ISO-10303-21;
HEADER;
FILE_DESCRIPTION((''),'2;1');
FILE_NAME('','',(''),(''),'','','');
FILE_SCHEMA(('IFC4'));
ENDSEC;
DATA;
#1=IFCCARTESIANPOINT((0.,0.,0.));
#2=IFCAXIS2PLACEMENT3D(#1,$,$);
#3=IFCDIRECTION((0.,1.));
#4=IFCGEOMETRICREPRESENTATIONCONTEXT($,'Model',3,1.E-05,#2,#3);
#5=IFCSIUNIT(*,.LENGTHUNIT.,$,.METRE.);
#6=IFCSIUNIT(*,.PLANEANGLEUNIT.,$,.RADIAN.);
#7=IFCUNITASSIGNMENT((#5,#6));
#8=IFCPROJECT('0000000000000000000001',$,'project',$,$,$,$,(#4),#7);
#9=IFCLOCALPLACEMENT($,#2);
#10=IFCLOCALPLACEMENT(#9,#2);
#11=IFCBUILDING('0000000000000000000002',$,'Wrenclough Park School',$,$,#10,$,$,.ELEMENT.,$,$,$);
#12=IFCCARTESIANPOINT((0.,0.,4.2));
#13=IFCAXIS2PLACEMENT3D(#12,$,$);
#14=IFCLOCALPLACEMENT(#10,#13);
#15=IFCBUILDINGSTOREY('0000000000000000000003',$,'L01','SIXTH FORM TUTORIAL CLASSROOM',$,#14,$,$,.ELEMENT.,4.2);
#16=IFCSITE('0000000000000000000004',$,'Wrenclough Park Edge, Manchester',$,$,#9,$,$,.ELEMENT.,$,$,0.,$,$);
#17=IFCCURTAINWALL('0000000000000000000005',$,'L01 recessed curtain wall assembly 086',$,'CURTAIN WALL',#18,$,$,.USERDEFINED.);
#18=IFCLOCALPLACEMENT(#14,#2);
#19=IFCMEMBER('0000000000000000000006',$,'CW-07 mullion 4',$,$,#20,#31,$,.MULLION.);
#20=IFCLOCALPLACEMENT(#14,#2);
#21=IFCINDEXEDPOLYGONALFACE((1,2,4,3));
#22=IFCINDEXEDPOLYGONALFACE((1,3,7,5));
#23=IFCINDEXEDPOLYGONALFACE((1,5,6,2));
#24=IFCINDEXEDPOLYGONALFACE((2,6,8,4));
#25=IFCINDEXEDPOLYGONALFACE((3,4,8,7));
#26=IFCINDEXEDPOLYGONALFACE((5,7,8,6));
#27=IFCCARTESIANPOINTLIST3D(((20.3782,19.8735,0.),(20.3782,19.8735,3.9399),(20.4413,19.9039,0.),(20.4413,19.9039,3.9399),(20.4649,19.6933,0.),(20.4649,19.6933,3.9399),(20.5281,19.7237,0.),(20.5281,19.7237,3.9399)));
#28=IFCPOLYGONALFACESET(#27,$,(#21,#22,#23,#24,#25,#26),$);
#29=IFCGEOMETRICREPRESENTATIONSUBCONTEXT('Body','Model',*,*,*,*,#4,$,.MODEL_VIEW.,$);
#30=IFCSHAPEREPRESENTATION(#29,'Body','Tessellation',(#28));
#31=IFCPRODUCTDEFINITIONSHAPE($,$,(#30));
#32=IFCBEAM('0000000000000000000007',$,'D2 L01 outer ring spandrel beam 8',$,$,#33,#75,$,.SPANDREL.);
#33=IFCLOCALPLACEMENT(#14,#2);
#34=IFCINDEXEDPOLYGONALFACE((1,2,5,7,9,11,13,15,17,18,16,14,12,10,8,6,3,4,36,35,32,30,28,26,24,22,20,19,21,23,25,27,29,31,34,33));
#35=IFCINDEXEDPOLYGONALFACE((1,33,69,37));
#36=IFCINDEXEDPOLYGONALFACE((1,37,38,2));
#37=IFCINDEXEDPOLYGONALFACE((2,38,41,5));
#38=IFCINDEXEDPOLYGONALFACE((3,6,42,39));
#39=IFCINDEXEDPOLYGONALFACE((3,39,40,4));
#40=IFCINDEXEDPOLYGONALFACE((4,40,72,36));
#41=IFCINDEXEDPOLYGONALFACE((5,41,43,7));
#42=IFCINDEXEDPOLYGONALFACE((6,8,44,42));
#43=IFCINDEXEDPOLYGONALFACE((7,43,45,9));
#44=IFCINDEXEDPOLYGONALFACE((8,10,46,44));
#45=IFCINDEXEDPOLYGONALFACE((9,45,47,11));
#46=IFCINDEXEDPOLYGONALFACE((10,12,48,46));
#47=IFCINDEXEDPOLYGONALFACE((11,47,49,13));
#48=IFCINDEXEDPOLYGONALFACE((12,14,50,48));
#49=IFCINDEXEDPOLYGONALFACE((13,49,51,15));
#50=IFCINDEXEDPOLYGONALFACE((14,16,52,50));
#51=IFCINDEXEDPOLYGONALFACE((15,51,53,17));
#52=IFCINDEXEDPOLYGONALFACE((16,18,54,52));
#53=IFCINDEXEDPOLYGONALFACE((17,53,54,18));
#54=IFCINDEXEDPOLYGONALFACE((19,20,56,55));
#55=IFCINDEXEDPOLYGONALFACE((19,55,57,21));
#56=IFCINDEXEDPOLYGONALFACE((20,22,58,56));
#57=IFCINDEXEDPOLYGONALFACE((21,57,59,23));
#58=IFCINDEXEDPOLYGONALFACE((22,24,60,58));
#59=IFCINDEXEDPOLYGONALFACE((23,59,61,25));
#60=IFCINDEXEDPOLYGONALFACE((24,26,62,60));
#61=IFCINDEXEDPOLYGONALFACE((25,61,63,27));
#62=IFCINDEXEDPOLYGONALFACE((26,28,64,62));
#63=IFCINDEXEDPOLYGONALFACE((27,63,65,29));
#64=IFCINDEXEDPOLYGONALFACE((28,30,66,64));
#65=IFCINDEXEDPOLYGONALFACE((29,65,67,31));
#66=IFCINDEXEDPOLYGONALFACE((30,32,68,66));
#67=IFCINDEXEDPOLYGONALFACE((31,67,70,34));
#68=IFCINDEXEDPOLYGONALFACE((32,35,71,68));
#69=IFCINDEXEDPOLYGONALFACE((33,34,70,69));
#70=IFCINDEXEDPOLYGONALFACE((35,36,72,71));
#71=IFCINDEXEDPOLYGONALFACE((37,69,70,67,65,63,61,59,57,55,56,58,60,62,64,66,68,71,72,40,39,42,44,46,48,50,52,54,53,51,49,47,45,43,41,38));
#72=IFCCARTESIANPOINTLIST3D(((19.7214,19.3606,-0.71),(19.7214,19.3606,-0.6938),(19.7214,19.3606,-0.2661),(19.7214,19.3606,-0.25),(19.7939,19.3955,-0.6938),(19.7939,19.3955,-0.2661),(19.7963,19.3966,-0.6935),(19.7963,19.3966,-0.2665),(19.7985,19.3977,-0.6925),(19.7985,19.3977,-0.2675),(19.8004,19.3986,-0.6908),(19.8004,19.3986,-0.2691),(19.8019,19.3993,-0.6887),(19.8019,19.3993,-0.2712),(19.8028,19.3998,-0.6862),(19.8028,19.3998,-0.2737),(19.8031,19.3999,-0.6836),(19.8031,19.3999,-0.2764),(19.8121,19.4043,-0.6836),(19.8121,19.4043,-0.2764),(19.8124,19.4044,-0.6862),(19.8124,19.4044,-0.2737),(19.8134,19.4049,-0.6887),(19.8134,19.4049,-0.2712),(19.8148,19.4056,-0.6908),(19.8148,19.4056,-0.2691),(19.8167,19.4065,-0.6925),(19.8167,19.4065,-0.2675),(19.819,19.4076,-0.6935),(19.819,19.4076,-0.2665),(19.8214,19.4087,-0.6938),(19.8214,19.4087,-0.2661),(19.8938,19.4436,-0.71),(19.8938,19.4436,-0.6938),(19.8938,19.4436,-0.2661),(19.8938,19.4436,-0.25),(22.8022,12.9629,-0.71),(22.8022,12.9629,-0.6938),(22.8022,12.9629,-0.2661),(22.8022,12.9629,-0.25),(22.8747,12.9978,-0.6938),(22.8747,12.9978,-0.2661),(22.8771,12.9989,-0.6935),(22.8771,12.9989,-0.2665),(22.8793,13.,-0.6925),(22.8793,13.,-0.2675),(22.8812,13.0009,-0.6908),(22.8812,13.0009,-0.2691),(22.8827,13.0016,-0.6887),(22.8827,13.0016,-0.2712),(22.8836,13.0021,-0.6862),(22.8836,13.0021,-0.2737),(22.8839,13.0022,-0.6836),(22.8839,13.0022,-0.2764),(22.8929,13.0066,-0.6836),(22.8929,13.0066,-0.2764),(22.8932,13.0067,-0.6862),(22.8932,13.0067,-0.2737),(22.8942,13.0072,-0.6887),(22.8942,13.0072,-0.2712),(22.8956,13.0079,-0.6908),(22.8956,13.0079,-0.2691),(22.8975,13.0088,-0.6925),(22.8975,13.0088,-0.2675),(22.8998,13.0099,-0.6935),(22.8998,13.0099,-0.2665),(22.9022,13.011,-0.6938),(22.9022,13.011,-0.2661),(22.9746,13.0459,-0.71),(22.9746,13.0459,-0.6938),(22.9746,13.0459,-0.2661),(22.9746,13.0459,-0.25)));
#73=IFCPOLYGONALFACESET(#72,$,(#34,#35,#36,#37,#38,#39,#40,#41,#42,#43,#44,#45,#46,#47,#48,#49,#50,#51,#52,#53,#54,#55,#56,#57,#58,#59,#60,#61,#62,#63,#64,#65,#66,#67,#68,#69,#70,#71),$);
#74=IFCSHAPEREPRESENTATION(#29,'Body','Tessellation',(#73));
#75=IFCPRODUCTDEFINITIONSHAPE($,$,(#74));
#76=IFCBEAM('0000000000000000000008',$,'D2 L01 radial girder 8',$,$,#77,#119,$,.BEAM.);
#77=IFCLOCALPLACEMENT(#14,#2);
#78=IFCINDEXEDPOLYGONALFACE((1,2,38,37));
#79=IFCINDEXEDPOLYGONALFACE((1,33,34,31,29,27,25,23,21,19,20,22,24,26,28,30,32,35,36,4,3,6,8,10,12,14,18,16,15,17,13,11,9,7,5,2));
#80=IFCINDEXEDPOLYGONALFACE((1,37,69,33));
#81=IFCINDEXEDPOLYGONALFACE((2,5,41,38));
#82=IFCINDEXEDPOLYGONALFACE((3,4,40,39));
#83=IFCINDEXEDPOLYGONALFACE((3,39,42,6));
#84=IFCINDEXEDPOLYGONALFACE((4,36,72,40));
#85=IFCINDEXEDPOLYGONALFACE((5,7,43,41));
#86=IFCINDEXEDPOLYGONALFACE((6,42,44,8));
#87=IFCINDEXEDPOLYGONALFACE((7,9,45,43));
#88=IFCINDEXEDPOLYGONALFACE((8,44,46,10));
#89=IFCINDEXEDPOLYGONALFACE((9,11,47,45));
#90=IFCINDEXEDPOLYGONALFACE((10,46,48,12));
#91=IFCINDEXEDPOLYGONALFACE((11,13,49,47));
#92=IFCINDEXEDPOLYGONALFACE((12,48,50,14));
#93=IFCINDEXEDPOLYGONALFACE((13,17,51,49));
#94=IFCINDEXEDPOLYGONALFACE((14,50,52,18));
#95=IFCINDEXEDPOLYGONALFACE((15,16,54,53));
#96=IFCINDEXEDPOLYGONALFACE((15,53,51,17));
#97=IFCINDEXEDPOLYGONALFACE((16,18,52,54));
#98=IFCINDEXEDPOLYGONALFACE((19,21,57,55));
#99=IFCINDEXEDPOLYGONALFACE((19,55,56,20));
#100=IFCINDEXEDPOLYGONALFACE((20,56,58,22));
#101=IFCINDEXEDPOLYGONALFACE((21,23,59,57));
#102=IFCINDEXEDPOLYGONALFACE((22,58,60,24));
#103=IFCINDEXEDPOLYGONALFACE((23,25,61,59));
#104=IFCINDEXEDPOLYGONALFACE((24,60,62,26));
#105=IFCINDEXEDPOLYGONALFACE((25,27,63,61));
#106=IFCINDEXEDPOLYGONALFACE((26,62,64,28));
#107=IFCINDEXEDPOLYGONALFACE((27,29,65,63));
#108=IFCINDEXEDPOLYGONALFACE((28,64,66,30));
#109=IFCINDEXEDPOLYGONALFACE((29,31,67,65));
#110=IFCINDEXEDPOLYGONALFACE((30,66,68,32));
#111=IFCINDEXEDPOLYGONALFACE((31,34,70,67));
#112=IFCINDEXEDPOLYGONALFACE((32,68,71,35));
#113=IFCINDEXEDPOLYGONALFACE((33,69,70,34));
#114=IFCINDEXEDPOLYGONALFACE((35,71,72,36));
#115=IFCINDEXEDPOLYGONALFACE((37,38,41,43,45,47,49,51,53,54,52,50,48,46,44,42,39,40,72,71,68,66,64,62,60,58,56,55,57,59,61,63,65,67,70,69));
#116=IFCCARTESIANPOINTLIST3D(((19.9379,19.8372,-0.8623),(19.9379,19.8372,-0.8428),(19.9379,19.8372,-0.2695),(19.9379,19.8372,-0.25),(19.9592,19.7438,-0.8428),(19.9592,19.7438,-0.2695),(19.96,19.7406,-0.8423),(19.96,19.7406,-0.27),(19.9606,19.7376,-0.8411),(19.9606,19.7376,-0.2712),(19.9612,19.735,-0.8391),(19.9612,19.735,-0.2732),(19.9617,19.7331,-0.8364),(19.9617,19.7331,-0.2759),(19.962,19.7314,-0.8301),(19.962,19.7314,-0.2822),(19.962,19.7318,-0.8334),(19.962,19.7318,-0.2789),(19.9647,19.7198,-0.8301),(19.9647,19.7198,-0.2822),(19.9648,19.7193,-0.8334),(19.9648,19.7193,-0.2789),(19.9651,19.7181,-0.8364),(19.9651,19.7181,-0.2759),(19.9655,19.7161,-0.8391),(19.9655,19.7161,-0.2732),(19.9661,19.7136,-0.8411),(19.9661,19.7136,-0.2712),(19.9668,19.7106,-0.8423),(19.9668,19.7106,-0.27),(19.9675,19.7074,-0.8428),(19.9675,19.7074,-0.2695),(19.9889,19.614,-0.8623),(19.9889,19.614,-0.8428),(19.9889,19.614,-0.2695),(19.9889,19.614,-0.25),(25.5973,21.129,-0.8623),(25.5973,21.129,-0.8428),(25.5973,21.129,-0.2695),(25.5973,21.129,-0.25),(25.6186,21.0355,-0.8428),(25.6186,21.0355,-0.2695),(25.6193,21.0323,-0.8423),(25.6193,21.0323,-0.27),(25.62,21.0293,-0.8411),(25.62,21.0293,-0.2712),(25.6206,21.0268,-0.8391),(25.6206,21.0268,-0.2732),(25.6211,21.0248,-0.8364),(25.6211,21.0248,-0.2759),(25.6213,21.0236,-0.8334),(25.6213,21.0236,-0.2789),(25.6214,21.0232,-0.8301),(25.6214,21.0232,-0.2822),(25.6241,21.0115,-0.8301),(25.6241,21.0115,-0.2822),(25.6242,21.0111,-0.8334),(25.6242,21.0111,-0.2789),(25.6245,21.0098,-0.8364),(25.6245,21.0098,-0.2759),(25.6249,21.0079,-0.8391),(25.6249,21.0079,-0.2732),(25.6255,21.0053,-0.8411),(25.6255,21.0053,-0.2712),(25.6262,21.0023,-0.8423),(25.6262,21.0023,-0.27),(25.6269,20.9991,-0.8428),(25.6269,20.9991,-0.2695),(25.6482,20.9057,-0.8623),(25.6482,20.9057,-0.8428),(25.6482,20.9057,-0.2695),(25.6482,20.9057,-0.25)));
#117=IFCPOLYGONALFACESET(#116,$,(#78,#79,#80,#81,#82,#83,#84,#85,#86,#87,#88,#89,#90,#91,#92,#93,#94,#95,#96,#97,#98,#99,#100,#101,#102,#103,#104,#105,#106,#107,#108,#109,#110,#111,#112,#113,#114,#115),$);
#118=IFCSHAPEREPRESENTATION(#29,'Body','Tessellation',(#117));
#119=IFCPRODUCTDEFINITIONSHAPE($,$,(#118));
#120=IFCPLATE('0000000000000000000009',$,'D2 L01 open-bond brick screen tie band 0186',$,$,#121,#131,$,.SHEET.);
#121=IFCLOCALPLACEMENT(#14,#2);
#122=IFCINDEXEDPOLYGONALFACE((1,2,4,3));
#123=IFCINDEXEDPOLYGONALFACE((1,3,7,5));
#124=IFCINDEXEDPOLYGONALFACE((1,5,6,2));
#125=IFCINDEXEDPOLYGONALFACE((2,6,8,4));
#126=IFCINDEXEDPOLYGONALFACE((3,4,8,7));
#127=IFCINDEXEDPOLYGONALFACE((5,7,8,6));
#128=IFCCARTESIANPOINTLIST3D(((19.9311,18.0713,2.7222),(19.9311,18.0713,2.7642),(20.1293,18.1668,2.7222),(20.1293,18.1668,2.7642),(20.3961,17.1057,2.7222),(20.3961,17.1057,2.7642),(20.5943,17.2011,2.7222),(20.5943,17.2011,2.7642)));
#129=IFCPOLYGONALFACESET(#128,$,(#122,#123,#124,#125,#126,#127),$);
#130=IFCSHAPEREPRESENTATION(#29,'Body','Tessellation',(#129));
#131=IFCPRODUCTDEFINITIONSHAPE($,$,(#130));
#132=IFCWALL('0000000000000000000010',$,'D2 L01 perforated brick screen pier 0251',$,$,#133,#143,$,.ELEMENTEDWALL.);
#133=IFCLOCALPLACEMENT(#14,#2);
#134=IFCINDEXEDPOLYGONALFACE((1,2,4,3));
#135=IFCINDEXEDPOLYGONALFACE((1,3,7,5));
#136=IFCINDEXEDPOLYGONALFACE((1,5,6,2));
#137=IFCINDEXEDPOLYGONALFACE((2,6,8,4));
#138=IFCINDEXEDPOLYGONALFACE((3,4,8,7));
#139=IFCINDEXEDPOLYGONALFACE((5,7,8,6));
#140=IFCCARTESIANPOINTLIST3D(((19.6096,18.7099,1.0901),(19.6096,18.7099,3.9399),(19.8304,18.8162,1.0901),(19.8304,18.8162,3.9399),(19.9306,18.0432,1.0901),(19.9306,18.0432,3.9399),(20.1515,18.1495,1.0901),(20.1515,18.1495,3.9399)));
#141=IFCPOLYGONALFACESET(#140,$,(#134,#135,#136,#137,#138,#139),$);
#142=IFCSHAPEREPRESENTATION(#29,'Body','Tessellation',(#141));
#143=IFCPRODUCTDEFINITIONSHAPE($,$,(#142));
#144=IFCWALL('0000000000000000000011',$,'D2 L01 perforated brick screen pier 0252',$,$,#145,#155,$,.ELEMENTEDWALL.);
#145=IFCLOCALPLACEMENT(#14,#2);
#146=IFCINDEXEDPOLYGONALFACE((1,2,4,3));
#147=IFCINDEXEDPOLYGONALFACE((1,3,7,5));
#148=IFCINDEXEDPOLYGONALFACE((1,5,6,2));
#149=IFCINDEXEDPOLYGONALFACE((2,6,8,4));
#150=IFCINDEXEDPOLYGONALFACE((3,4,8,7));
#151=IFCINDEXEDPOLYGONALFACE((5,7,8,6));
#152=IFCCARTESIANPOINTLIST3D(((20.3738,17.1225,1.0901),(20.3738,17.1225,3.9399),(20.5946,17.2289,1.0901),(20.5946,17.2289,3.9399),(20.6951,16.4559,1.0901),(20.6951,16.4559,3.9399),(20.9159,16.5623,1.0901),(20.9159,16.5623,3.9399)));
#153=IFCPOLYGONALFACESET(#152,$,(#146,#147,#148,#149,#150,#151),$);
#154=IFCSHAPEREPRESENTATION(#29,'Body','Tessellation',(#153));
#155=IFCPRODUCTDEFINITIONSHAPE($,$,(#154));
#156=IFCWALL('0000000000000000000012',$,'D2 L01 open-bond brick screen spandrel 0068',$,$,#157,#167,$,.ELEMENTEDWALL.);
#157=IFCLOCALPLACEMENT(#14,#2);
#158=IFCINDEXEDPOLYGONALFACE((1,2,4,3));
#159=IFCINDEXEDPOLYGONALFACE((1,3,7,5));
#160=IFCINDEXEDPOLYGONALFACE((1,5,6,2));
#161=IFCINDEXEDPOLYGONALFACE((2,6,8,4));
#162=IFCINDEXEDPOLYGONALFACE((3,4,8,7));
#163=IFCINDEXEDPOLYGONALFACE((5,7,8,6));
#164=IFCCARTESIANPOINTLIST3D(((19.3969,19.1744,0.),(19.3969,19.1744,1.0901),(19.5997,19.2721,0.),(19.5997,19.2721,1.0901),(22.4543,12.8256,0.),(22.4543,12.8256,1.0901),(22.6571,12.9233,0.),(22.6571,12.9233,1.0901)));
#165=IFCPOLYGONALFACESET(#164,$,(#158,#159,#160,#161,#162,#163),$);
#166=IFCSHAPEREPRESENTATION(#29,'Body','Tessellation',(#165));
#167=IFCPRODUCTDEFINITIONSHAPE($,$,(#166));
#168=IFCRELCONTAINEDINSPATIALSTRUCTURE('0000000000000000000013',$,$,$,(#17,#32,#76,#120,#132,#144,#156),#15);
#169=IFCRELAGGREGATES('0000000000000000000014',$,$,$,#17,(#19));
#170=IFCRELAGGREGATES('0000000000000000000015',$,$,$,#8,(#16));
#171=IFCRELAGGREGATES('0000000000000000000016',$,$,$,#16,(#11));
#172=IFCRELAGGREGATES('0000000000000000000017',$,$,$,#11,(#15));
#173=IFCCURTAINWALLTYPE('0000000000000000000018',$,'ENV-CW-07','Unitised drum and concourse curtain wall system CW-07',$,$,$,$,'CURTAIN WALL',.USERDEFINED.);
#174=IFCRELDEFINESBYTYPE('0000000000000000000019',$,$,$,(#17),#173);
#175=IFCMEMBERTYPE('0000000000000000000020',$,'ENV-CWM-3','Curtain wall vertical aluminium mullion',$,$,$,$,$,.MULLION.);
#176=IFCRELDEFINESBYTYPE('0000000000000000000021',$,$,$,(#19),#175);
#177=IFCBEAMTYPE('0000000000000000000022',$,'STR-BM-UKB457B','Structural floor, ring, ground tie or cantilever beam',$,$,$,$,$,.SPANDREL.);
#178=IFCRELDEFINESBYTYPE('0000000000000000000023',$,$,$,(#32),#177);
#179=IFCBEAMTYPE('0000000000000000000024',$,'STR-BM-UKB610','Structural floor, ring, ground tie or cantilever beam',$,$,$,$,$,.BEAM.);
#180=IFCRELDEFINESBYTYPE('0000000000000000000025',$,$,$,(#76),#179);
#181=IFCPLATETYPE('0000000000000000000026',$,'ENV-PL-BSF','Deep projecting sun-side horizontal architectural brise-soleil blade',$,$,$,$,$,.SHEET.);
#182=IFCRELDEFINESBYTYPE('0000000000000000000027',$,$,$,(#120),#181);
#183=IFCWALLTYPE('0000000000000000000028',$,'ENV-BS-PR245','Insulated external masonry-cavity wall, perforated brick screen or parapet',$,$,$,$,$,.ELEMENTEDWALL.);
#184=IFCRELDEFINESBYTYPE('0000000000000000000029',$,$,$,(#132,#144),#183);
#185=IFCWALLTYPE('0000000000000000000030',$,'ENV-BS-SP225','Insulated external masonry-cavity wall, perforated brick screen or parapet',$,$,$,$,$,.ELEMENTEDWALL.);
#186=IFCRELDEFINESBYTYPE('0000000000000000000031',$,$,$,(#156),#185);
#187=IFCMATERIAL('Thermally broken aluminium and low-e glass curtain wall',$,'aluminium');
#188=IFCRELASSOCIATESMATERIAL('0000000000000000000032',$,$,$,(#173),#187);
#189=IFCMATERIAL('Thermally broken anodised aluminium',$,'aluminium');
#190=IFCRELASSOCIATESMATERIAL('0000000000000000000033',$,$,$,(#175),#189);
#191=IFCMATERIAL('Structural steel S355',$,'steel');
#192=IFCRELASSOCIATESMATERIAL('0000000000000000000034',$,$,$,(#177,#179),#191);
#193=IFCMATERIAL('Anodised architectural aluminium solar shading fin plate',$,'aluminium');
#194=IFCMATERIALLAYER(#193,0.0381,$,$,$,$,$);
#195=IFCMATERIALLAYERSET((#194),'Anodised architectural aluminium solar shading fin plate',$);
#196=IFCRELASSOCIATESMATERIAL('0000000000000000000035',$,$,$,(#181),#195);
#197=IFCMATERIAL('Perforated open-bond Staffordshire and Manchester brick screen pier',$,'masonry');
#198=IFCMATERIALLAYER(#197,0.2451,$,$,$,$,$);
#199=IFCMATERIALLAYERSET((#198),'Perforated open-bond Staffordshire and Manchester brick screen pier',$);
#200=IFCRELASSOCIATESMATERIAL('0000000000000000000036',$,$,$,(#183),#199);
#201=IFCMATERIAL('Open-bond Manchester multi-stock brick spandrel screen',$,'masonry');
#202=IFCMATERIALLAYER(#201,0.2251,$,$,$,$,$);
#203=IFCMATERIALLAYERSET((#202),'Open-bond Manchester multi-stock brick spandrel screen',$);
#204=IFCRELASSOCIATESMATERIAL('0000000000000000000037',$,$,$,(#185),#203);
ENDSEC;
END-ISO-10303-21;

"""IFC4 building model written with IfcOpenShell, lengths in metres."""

from ifc_helpers import new_model, si_unit, direction, frame, frame_2d, origin, origin_2d, place, context, subcontext, project, spatial, rectangle, i_section, extrude, material, layer, layer_set, material_profile, profile_set, type_object, element, aggregate, save


model = new_model("IFC4")

# Units and contexts
model_context = context("Model", 3, precision=1e-05, world=origin(), true_north=direction((0.0, 1.0)))
body_context = subcontext(model_context, "Body", "Model", "MODEL_VIEW")
ifc_project = project(units=[si_unit("LENGTHUNIT", "METRE"), si_unit("PLANEANGLEUNIT", "RADIAN")], contexts=[model_context])

# Site, building, storey
site_placement = place(None, origin())
site = spatial("IfcSite", under=ifc_project, at=site_placement, Name="Wrenclough Park Edge, Manchester", CompositionType="ELEMENT", RefElevation=0.0)
building_placement = place(site_placement, origin())
building = spatial("IfcBuilding", under=site, at=building_placement, Name="Wrenclough Park School", CompositionType="ELEMENT")
storey_placement = place(building_placement, frame((0.0, 0.0, 4.2)))
storey = spatial("IfcBuildingStorey", under=building, at=storey_placement, Name="L01", Description="SIXTH FORM TUTORIAL CLASSROOM", CompositionType="ELEMENT", Elevation=4.2)

# Curtain wall, member
ifc_material_1 = material(Name="Thermally broken aluminium and low-e glass curtain wall", Category="aluminium")
curtain_wall_type = type_object("IfcCurtainWallType", Name="ENV-CW-07", Description="Unitised drum and concourse curtain wall system CW-07", ElementType="CURTAIN WALL", PredefinedType="USERDEFINED", material=ifc_material_1)
curtain_wall_placement = place(storey_placement, origin())
curtain_wall = element("IfcCurtainWall", 1, at=curtain_wall_placement, inside=storey, type_object=curtain_wall_type, Name="L01 recessed curtain wall assembly 086", ObjectType="CURTAIN WALL", PredefinedType="USERDEFINED")
ifc_material_2 = material(Name="Thermally broken anodised aluminium", Category="aluminium")
ifc_material_profile_1 = material_profile(ifc_material_2, rectangle(XDim=0.0701, YDim=0.2, at=origin_2d()), Name="AL MULLION 70x200")
ifc_profile_set_1 = profile_set([ifc_material_profile_1], Name="Thermally broken anodised aluminium")
member_type = type_object("IfcMemberType", Name="ENV-CWM-3", Description="Curtain wall vertical aluminium mullion", PredefinedType="MULLION", material=ifc_profile_set_1)
member_placement = place(storey_placement, frame((20.4531, 19.7986, 0.0), z_axis=(0.0, 0.0, 1.0), x_axis=(-0.900964, -0.433895, 0.0)))
member = element("IfcMember", 2, at=member_placement, type_object=member_type, Name="CW-07 mullion 4", PredefinedType="MULLION", context=body_context, shape_type="SweptSolid", body=[
    extrude(rectangle(XDim=0.0701, YDim=0.2, at=origin_2d()), origin(), (0.0, 0.0, 1.0), 3.9399),
])
aggregate(curtain_wall, [member])

# Beams
ifc_material_3 = material(Name="Structural steel S355", Category="steel")
ifc_material_profile_2 = material_profile(ifc_material_3, i_section(OverallWidth=0.1914, OverallDepth=0.46, WebThickness=0.01, FlangeThickness=0.0161, FilletRadius=0.0103, at=origin_2d()), Name="UKB 457x191x82")
ifc_profile_set_2 = profile_set([ifc_material_profile_2], Name="Structural steel S355")
beam_type_1 = type_object("IfcBeamType", Name="STR-BM-UKB457B", Description="Structural floor, ring, ground tie or cantilever beam", PredefinedType="SPANDREL", material=ifc_profile_set_2)
beam_1_placement = place(storey_placement, frame((19.8076, 19.4021, -0.48), z_axis=(0.433865, -0.900978, 0.0), x_axis=(0.900978, 0.433865, 0.0)))
element("IfcBeam", 3, at=beam_1_placement, inside=storey, type_object=beam_type_1, Name="D2 L01 outer ring spandrel beam 8", PredefinedType="SPANDREL", context=body_context, shape_type="SweptSolid", body=[
    extrude(i_section(OverallWidth=0.1914, OverallDepth=0.46, WebThickness=0.01, FlangeThickness=0.0161, FilletRadius=0.0103, at=origin_2d()), origin(), (0.0, 0.0, 1.0), 7.1008),
])
ifc_material_profile_3 = material_profile(ifc_material_3, i_section(OverallWidth=0.229, OverallDepth=0.6123, WebThickness=0.012, FlangeThickness=0.0195, FilletRadius=0.0127, at=origin_2d()), Name="UKB 610x229x125")
ifc_profile_set_3 = profile_set([ifc_material_profile_3], Name="Structural steel S355")
beam_type_2 = type_object("IfcBeamType", Name="STR-BM-UKB610", Description="Structural floor, ring, ground tie or cantilever beam", PredefinedType="BEAM", material=ifc_profile_set_3)
beam_2_placement = place(storey_placement, frame((19.9634, 19.7256, -0.5562), z_axis=(0.974927, 0.222524, 0.0), x_axis=(-0.222524, 0.974927, 0.0)))
element("IfcBeam", 4, at=beam_2_placement, inside=storey, type_object=beam_type_2, Name="D2 L01 radial girder 8", PredefinedType="BEAM", context=body_context, shape_type="SweptSolid", body=[
    extrude(i_section(OverallWidth=0.229, OverallDepth=0.6123, WebThickness=0.012, FlangeThickness=0.0195, FilletRadius=0.0127, at=origin_2d()), origin(), (0.0, 0.0, 1.0), 5.8049),
])

# Plate
ifc_material_4 = material(Name="Anodised architectural aluminium solar shading fin plate", Category="aluminium")
ifc_layer_1 = layer(ifc_material_4, 0.0381)
ifc_layer_set_1 = layer_set([ifc_layer_1], Name="Anodised architectural aluminium solar shading fin plate")
plate_type = type_object("IfcPlateType", Name="ENV-PL-BSF", Description="Deep projecting sun-side horizontal architectural brise-soleil blade", PredefinedType="SHEET", material=ifc_layer_set_1)
plate_placement = place(storey_placement, frame((20.2627, 17.6362, 2.7222), z_axis=(0.0, 0.0, 1.0), x_axis=(0.433882, -0.90097, 0.0)))
element("IfcPlate", 5, at=plate_placement, inside=storey, type_object=plate_type, Name="D2 L01 open-bond brick screen tie band 0186", PredefinedType="SHEET", context=body_context, shape_type="SweptSolid", body=[
    extrude(rectangle(XDim=1.0718, YDim=0.22, at=origin_2d()), origin(), (0.0, 0.0, 1.0), 0.042),
])

# Walls
ifc_material_5 = material(Name="Perforated open-bond Staffordshire and Manchester brick screen pier", Category="masonry")
ifc_layer_2 = layer(ifc_material_5, 0.2451)
ifc_layer_set_2 = layer_set([ifc_layer_2], Name="Perforated open-bond Staffordshire and Manchester brick screen pier")
wall_type_1 = type_object("IfcWallType", Name="ENV-BS-PR245", Description="Insulated external masonry-cavity wall, perforated brick screen or parapet", PredefinedType="ELEMENTEDWALL", material=ifc_layer_set_2)
for number, where, z_axis, x_axis, name in (
    (6, (19.72, 18.7632, 1.0901), (0.0, 0.0, 1.0), (0.433835, -0.900992, 0.0), "D2 L01 perforated brick screen pier 0251"),
    (7, (20.4841, 17.1758, 1.0901), (0.0, 0.0, 1.0), (0.434232, -0.900801, 0.0), "D2 L01 perforated brick screen pier 0252"),
):
    element("IfcWall", number, at=place(storey_placement, frame(where, z_axis=z_axis, x_axis=x_axis)), inside=storey, type_object=wall_type_1, Name=name, PredefinedType="ELEMENTEDWALL", context=body_context, shape_type="SweptSolid", body=[
        extrude(rectangle(XDim=0.74, YDim=0.2451, at=frame_2d((0.3701, 0.0))), origin(), (0.0, 0.0, 1.0), 2.8499),
    ])
ifc_material_6 = material(Name="Open-bond Manchester multi-stock brick spandrel screen", Category="masonry")
ifc_layer_3 = layer(ifc_material_6, 0.2251)
ifc_layer_set_3 = layer_set([ifc_layer_3], Name="Open-bond Manchester multi-stock brick spandrel screen")
wall_type_2 = type_object("IfcWallType", Name="ENV-BS-SP225", Description="Insulated external masonry-cavity wall, perforated brick screen or parapet", PredefinedType="ELEMENTEDWALL", material=ifc_layer_set_3)
wall_placement = place(storey_placement, frame((19.4983, 19.2234, 0.0), z_axis=(0.0, 0.0, 1.0), x_axis=(0.433874, -0.900974, 0.0)))
element("IfcWall", 8, at=wall_placement, inside=storey, type_object=wall_type_2, Name="D2 L01 open-bond brick screen spandrel 0068", PredefinedType="ELEMENTEDWALL", context=body_context, shape_type="SweptSolid", body=[
    extrude(rectangle(XDim=7.0466, YDim=0.2251, at=frame_2d((3.5234, 0.0))), origin(), (0.0, 0.0, 1.0), 1.0901),
])

save(model, "model.ifc")
